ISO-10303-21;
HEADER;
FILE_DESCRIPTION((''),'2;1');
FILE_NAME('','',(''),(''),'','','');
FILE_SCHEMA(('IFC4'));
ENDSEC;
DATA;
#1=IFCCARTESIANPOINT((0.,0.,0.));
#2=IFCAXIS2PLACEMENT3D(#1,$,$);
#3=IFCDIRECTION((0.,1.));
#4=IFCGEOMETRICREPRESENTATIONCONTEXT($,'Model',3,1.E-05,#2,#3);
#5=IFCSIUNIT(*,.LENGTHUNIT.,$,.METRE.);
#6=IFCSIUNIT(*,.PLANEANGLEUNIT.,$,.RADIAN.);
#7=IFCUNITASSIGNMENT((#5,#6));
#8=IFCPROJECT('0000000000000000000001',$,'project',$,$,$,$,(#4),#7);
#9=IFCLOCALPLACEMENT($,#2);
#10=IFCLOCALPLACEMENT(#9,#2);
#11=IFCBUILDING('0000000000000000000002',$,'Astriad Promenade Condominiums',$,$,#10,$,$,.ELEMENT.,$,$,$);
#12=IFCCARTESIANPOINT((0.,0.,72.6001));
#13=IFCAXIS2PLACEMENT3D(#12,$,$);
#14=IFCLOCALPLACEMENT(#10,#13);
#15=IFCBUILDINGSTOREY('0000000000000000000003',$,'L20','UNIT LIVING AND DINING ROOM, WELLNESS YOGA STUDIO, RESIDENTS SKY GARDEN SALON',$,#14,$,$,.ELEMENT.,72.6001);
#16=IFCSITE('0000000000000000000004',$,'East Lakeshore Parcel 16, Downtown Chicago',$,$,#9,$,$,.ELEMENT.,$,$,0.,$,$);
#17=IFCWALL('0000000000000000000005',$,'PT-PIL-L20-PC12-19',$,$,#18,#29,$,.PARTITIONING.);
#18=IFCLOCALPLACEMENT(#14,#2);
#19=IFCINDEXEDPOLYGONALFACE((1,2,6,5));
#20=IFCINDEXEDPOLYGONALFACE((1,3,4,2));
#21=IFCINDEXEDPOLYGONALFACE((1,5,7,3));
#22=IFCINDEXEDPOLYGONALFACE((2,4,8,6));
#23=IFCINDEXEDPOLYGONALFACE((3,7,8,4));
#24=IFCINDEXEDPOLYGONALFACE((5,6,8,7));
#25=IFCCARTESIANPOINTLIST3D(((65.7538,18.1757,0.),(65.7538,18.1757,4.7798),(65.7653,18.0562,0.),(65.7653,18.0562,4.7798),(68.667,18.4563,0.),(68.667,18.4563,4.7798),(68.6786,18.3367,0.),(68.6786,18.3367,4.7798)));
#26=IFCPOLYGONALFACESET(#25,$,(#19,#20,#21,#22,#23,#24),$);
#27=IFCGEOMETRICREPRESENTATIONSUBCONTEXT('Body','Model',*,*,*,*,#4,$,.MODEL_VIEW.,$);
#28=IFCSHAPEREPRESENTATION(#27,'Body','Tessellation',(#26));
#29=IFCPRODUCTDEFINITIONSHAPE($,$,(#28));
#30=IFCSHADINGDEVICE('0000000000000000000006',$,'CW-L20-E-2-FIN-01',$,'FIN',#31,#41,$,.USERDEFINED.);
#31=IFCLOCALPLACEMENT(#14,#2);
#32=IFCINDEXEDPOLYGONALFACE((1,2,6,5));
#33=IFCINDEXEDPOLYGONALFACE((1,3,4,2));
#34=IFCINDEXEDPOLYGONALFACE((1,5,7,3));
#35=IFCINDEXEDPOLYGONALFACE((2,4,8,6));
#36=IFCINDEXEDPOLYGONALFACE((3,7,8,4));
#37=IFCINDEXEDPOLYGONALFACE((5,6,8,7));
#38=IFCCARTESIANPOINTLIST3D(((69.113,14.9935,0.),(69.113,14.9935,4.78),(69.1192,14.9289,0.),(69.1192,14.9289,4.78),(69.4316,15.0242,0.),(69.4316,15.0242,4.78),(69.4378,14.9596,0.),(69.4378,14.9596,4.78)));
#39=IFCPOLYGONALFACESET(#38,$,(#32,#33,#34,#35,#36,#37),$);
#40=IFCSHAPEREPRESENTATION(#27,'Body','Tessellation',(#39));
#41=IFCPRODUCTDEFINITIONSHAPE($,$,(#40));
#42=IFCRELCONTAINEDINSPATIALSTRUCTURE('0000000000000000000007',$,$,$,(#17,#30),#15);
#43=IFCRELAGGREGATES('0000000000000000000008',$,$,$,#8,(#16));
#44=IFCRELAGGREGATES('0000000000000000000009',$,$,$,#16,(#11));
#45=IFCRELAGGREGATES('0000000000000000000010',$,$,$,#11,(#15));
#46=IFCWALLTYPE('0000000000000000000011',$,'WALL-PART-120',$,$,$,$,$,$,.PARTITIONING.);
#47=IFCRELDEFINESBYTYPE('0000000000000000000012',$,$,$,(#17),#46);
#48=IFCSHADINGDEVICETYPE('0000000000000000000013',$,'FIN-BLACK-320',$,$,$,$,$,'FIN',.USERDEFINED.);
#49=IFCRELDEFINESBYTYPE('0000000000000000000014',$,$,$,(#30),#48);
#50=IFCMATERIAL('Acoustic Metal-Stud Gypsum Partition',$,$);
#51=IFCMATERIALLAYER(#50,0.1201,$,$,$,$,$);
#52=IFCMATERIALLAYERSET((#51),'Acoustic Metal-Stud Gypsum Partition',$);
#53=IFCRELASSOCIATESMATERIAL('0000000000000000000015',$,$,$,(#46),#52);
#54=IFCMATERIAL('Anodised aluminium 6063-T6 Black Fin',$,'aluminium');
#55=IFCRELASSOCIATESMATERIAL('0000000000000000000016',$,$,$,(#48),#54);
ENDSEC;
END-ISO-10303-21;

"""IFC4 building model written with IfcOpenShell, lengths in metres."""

from ifc_helpers import new_model, si_unit, direction, frame, frame_2d, origin, origin_2d, place, context, subcontext, project, spatial, rectangle, extrude, source, transform, mapped, material, layer, layer_set, type_object, type_shapes, element, save


model = new_model("IFC4")

# Units and contexts
model_context = context("Model", 3, precision=1e-05, world=origin(), true_north=direction((0.0, 1.0)))
body_context = subcontext(model_context, "Body", "Model", "MODEL_VIEW")
ifc_project = project(units=[si_unit("LENGTHUNIT", "METRE"), si_unit("PLANEANGLEUNIT", "RADIAN")], contexts=[model_context])

# Site, building, storey
site_placement = place(None, origin())
site = spatial("IfcSite", under=ifc_project, at=site_placement, Name="East Lakeshore Parcel 16, Downtown Chicago", CompositionType="ELEMENT", RefElevation=0.0)
building_placement = place(site_placement, origin())
building = spatial("IfcBuilding", under=site, at=building_placement, Name="Astriad Promenade Condominiums", CompositionType="ELEMENT")
storey_placement = place(building_placement, frame((0.0, 0.0, 72.6001)))
storey = spatial("IfcBuildingStorey", under=building, at=storey_placement, Name="L20", Description="UNIT LIVING AND DINING ROOM, WELLNESS YOGA STUDIO, RESIDENTS SKY GARDEN SALON", CompositionType="ELEMENT", Elevation=72.6001)

# Shared definitions
ifc_material_1 = material(Name="Acoustic Metal-Stud Gypsum Partition")
ifc_layer_1 = layer(ifc_material_1, 0.1201)
ifc_layer_set_1 = layer_set([ifc_layer_1], Name="Acoustic Metal-Stud Gypsum Partition")
wall_type_1 = type_object("IfcWallType", Name="WALL-PART-120", PredefinedType="PARTITIONING", material=ifc_layer_set_1)

# Wall
wall_1_placement = place(storey_placement, frame((65.7595, 18.116, 0.0), z_axis=(0.0, 0.0, 1.0), x_axis=(0.995396, 0.095844, 0.0)))
element("IfcWall", 1, at=wall_1_placement, inside=storey, type_object=wall_type_1, Name="PT-PIL-L20-PC12-19", PredefinedType="PARTITIONING", context=body_context, shape_type="SweptSolid", body=[
    extrude(rectangle(XDim=2.9268, YDim=0.1201, at=frame_2d((1.4634, 0.0))), origin(), (0.0, 0.0, 1.0), 4.7798),
])

# Shading device
ifc_material_2 = material(Name="Anodised aluminium 6063-T6 Black Fin", Category="aluminium")
shading_device_type = type_object("IfcShadingDeviceType", Name="FIN-BLACK-320", ElementType="FIN", PredefinedType="USERDEFINED", material=ifc_material_2)
shared_shape_1 = source(origin(), body_context, "Body", "SweptSolid", [
    extrude(rectangle(XDim=0.0649, YDim=0.3201, at=origin_2d()), origin(), (0.0, 0.0, 1.0), 4.78),
])
type_shapes(shading_device_type, [shared_shape_1])
shading_device_placement = place(storey_placement, frame((69.2754, 14.9766, 0.0), z_axis=(0.0, 0.0, 1.0), x_axis=(0.095828, -0.995398, 0.0)))
element("IfcShadingDevice", 2, at=shading_device_placement, inside=storey, type_object=shading_device_type, Name="CW-L20-E-2-FIN-01", ObjectType="FIN", PredefinedType="USERDEFINED", context=body_context, shape_type="MappedRepresentation", body=[
    mapped(shared_shape_1, transform((0.0, 0.0, 0.0), scale=1.0)),
])

save(model, "model.ifc")
